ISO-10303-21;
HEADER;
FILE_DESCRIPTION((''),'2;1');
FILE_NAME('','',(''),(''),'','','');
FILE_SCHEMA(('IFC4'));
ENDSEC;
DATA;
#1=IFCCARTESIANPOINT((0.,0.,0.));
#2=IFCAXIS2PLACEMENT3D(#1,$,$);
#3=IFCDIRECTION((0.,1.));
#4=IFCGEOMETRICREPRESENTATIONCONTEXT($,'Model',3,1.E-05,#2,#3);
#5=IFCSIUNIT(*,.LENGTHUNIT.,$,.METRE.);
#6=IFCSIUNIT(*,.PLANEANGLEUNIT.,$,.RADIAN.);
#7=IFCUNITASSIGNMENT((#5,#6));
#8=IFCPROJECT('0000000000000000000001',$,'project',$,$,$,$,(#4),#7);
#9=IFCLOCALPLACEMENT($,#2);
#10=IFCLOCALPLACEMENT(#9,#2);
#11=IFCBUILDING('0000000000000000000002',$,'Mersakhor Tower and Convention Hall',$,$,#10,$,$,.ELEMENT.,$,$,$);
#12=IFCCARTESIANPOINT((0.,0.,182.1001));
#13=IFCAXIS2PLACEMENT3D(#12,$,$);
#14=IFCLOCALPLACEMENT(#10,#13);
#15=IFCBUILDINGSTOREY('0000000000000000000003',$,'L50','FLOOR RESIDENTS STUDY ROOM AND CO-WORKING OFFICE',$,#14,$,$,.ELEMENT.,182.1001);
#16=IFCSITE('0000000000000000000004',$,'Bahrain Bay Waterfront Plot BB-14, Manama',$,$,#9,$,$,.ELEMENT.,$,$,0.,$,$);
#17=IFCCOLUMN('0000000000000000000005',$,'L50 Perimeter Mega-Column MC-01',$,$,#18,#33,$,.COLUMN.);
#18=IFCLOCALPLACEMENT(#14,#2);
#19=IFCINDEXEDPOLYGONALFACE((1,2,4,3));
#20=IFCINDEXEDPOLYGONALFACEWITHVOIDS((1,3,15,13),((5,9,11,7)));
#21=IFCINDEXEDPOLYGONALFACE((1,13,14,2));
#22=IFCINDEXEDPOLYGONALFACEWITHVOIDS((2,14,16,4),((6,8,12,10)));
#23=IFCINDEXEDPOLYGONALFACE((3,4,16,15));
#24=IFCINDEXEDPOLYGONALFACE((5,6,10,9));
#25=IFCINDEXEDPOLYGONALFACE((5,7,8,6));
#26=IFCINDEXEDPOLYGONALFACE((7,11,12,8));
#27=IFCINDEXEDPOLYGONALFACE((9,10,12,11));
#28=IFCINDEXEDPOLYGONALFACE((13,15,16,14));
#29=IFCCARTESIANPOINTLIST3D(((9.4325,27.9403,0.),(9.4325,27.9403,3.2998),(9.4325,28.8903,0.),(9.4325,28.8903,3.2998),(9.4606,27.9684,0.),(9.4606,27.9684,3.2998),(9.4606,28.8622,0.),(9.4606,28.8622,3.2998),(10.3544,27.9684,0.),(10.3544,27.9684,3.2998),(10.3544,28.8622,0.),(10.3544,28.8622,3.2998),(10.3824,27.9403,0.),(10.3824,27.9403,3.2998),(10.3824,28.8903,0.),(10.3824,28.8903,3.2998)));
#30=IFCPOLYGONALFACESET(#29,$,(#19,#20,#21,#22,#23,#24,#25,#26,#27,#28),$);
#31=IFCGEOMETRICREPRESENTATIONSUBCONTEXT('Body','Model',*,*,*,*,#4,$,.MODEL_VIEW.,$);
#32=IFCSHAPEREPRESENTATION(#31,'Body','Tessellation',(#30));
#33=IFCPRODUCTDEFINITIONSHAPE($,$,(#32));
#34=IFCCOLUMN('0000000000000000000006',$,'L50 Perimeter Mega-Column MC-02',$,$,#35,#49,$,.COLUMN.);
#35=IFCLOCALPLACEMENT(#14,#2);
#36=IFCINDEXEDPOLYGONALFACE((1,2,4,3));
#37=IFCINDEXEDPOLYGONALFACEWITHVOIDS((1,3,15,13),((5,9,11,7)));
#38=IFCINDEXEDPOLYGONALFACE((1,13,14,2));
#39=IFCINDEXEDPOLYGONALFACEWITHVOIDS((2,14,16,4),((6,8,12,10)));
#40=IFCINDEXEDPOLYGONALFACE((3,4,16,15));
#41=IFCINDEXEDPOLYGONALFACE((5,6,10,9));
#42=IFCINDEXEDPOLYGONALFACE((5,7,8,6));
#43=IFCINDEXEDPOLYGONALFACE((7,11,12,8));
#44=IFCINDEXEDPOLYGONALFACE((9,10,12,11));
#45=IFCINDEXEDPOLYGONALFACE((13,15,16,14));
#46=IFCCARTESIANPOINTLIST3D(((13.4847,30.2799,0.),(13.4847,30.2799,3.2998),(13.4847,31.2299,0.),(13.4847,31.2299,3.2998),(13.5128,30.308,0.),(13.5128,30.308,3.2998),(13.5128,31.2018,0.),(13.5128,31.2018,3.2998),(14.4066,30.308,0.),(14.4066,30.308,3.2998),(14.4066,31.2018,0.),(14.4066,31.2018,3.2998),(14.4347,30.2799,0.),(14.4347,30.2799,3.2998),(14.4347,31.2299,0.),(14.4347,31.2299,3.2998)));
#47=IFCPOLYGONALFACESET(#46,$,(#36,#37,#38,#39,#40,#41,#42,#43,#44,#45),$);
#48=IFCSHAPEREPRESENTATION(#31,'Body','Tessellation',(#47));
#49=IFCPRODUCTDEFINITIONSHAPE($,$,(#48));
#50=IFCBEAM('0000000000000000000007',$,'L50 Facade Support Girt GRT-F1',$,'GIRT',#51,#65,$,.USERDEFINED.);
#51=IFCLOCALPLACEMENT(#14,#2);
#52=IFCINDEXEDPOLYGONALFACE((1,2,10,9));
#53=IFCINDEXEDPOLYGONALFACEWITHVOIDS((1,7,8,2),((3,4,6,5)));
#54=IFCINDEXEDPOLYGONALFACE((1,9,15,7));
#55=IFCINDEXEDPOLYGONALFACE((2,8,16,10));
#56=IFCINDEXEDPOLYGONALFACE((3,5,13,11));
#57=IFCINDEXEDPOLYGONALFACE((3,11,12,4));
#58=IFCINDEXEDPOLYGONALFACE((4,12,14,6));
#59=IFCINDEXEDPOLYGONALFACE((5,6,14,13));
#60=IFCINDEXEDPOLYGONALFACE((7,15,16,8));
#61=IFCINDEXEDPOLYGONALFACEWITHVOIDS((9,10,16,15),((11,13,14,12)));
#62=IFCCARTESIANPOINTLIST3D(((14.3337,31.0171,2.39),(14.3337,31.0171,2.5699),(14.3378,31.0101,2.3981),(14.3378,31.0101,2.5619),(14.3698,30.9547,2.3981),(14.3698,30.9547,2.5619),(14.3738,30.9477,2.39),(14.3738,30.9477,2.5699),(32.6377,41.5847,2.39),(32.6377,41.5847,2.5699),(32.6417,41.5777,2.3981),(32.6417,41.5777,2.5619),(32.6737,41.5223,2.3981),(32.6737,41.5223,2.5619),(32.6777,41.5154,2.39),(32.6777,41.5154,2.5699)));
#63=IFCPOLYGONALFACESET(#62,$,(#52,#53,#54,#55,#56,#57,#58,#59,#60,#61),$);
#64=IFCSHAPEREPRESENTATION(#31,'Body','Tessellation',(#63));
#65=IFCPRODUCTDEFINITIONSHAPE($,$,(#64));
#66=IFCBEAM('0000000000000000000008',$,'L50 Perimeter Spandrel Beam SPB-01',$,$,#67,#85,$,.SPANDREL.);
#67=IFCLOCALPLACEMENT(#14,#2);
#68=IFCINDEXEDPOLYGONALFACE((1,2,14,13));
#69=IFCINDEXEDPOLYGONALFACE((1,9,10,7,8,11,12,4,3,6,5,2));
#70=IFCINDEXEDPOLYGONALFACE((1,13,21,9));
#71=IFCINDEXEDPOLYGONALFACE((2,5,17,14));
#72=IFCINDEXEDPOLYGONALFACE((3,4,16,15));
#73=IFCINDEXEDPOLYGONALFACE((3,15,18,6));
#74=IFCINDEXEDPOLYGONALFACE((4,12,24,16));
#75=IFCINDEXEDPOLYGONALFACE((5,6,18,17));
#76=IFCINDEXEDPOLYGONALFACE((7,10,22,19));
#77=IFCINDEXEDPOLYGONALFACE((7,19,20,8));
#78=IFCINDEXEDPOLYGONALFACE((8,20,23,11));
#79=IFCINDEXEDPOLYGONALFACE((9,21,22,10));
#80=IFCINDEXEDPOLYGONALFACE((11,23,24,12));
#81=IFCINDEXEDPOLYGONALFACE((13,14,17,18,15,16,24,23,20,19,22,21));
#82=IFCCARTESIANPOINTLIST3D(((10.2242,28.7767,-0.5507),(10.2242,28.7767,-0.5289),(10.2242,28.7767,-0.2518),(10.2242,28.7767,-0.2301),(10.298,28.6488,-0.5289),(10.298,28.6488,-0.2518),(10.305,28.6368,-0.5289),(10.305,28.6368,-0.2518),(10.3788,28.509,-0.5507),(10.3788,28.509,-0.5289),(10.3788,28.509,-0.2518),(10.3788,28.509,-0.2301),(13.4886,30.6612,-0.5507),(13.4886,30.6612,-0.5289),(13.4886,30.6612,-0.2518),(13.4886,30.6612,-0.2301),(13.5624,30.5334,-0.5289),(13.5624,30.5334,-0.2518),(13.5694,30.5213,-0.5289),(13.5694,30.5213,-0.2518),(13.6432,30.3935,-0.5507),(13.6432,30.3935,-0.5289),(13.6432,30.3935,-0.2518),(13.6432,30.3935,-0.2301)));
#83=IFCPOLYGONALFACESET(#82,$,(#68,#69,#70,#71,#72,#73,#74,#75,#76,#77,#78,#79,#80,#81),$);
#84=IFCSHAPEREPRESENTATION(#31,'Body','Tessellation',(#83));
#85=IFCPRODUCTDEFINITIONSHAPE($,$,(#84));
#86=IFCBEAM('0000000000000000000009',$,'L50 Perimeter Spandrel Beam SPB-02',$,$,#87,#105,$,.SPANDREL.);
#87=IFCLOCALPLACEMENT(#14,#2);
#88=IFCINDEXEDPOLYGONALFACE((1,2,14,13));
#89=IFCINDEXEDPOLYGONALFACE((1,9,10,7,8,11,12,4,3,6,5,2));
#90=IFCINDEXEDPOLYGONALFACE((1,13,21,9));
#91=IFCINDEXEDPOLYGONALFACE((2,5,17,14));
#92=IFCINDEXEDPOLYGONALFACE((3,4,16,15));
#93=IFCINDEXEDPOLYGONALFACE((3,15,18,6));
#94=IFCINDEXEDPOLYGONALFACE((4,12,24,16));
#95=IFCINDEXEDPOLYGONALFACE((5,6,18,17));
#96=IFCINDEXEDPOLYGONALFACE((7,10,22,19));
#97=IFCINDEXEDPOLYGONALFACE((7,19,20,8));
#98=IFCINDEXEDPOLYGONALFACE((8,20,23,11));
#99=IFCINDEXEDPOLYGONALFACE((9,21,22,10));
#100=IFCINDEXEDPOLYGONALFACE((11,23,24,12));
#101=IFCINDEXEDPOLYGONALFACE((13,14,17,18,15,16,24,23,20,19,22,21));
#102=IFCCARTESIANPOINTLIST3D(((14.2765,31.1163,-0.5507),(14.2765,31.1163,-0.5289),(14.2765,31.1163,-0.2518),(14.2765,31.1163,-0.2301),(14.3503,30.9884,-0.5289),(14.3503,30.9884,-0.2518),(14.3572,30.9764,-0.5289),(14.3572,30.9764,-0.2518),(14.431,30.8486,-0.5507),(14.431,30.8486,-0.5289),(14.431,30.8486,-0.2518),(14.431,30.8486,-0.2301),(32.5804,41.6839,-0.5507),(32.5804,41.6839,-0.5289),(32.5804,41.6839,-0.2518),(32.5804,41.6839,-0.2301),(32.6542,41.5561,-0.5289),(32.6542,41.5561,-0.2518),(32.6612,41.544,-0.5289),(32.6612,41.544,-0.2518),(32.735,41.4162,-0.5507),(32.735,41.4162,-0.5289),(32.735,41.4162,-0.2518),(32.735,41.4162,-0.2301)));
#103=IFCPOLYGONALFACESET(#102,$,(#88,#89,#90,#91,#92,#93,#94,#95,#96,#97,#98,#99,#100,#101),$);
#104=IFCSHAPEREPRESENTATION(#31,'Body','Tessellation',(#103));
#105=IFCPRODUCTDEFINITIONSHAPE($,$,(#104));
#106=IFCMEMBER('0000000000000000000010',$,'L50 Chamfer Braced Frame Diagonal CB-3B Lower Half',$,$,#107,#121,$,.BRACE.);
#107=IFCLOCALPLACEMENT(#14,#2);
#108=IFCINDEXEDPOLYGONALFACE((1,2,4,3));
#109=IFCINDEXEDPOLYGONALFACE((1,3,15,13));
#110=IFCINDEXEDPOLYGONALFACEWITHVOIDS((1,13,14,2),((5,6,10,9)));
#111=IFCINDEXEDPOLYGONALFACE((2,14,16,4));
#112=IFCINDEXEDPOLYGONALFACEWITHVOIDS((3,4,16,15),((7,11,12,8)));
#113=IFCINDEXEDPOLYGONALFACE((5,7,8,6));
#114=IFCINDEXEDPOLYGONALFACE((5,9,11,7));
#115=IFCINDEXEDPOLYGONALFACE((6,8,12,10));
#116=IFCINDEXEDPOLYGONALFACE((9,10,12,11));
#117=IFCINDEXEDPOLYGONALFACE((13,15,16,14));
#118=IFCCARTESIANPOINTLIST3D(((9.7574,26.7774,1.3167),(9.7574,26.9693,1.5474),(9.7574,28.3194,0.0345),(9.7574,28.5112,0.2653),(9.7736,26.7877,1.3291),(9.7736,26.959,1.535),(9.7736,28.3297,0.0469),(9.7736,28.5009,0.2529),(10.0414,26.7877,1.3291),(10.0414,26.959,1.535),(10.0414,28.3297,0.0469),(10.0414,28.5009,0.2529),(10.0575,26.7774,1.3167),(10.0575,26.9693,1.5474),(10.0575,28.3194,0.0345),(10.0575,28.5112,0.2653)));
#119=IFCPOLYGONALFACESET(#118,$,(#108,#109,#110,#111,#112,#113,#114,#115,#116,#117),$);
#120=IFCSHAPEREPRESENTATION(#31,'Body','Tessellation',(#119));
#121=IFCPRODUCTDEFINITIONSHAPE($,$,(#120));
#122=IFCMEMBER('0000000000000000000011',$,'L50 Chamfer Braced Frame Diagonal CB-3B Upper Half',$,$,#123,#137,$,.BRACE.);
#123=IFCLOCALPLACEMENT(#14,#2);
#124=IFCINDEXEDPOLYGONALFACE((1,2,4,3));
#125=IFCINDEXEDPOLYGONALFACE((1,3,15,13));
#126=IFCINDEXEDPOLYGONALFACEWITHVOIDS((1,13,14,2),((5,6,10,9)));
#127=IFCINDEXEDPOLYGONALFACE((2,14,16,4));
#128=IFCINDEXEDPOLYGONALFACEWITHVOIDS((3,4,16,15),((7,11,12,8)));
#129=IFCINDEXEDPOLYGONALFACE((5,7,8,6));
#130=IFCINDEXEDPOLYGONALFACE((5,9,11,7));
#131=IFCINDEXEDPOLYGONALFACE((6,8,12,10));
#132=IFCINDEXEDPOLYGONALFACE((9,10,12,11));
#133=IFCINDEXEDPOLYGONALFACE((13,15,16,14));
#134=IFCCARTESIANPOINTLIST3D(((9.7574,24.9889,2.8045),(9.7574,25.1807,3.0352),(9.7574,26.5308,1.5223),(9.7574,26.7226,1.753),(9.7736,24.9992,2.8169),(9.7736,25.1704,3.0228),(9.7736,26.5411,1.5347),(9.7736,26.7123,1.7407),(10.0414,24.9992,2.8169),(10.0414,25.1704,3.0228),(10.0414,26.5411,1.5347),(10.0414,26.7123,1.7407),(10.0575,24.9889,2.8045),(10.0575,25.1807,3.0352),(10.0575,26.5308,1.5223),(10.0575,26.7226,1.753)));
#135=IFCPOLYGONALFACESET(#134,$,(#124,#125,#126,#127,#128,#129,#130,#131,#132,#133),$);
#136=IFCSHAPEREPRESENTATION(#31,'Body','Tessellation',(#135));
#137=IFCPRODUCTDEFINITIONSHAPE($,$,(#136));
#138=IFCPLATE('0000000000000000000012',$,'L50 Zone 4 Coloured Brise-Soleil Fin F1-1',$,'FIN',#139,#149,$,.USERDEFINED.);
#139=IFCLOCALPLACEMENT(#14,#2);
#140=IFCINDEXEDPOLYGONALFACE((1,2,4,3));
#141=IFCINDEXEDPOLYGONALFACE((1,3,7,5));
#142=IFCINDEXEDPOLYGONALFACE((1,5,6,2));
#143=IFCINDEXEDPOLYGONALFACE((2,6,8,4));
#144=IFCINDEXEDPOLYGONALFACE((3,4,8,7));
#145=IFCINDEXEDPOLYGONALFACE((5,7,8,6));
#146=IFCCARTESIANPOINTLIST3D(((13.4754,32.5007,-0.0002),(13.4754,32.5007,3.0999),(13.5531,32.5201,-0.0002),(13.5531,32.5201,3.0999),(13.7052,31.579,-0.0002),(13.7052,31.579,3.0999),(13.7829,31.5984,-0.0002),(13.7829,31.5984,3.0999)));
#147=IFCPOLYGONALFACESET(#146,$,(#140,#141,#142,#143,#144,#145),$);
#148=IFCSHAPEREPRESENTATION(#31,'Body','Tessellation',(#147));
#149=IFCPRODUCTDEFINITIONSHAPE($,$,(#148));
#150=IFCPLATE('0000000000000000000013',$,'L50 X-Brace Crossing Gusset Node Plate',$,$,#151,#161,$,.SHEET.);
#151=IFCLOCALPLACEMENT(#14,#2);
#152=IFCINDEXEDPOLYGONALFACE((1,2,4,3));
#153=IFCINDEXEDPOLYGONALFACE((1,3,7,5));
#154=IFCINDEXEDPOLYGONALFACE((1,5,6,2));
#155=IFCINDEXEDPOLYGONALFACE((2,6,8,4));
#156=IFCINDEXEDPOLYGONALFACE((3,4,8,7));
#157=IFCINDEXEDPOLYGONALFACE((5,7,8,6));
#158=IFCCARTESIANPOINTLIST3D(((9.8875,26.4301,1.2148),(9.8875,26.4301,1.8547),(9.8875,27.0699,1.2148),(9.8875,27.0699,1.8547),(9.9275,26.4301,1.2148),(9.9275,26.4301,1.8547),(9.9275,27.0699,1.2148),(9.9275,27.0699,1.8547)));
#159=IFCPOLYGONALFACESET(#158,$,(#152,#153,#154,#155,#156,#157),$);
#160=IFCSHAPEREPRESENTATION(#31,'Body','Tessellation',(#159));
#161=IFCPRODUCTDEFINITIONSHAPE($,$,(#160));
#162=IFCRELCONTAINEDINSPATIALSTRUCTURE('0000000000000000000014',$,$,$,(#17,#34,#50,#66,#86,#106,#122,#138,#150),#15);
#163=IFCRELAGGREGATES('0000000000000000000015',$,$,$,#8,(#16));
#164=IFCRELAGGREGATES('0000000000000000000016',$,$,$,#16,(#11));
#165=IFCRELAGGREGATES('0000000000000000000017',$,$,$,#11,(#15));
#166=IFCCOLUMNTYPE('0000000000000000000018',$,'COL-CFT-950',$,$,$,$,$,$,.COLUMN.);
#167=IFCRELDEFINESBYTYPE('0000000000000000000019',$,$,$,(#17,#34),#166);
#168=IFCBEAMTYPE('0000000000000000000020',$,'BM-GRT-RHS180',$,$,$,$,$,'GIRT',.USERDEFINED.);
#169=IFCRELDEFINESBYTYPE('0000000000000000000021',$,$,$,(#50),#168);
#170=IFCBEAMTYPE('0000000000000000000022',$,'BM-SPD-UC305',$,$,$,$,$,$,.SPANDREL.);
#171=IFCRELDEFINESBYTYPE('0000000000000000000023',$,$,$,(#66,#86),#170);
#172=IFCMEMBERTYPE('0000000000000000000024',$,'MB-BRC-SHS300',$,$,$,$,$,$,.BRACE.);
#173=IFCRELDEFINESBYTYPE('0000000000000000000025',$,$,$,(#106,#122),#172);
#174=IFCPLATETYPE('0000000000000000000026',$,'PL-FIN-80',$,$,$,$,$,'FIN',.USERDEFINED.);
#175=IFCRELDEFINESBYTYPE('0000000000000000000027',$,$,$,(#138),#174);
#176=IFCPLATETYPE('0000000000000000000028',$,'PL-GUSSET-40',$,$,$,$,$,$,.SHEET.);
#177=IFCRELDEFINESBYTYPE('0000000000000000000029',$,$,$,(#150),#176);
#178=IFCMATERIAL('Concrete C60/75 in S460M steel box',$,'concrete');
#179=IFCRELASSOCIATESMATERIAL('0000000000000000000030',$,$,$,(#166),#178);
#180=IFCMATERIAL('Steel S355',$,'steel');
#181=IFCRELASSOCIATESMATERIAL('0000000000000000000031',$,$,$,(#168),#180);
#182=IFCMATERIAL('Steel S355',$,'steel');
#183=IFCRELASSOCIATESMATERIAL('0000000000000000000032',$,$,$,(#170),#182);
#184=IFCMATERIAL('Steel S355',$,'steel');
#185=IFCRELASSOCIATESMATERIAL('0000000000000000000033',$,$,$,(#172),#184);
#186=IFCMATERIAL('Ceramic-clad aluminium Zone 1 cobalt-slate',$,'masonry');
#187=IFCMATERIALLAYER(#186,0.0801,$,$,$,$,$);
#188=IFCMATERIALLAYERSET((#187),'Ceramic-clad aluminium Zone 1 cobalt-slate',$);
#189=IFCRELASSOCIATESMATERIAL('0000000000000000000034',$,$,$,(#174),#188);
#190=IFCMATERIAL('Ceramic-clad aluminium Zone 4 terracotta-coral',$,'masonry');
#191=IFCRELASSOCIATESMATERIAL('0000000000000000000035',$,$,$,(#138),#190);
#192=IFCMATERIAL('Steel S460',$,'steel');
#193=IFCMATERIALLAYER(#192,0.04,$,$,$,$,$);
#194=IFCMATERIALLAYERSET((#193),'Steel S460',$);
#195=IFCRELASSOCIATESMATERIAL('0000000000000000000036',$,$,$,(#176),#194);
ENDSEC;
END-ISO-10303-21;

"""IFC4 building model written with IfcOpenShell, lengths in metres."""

from ifc_helpers import new_model, si_unit, direction, frame, origin, origin_2d, place, context, subcontext, project, spatial, rectangle, hollow_rectangle, i_section, extrude, material, layer, layer_set, material_profile, profile_set, type_object, element, save


model = new_model("IFC4")

# Units and contexts
model_context = context("Model", 3, precision=1e-05, world=origin(), true_north=direction((0.0, 1.0)))
body_context = subcontext(model_context, "Body", "Model", "MODEL_VIEW")
ifc_project = project(units=[si_unit("LENGTHUNIT", "METRE"), si_unit("PLANEANGLEUNIT", "RADIAN")], contexts=[model_context])

# Site, building, storey
site_placement = place(None, origin())
site = spatial("IfcSite", under=ifc_project, at=site_placement, Name="Bahrain Bay Waterfront Plot BB-14, Manama", CompositionType="ELEMENT", RefElevation=0.0)
building_placement = place(site_placement, origin())
building = spatial("IfcBuilding", under=site, at=building_placement, Name="Mersakhor Tower and Convention Hall", CompositionType="ELEMENT")
storey_placement = place(building_placement, frame((0.0, 0.0, 182.1001)))
storey = spatial("IfcBuildingStorey", under=building, at=storey_placement, Name="L50", Description="FLOOR RESIDENTS STUDY ROOM AND CO-WORKING OFFICE", CompositionType="ELEMENT", Elevation=182.1001)

# Columns
ifc_material_1 = material(Name="Concrete C60/75 in S460M steel box", Category="concrete")
ifc_material_profile_1 = material_profile(ifc_material_1, hollow_rectangle(XDim=0.95, YDim=0.95, WallThickness=0.0281, at=origin_2d()), Name="SHS 950x950x28")
ifc_profile_set_1 = profile_set([ifc_material_profile_1], Name="Concrete C60/75 in S460M steel box")
column_type = type_object("IfcColumnType", Name="COL-CFT-950", PredefinedType="COLUMN", material=ifc_profile_set_1)
for number, where, z_axis, x_axis, name in (
    (1, (9.9075, 28.4153, 0.0), (0.0, 0.0, 1.0), (1.0, 0.0, 0.0), "L50 Perimeter Mega-Column MC-01"),
    (2, (13.9597, 30.7549, 0.0), (0.0, 0.0, 1.0), (1.0, 0.0, 0.0), "L50 Perimeter Mega-Column MC-02"),
):
    element("IfcColumn", number, at=place(storey_placement, frame(where, z_axis=z_axis, x_axis=x_axis)), inside=storey, type_object=column_type, Name=name, PredefinedType="COLUMN", context=body_context, shape_type="SweptSolid", body=[
        extrude(hollow_rectangle(XDim=0.95, YDim=0.95, WallThickness=0.0281, at=origin_2d()), origin(), (0.0, 0.0, 1.0), 3.2998),
    ])

# Beams
ifc_material_2 = material(Name="Steel S355", Category="steel")
ifc_material_profile_2 = material_profile(ifc_material_2, hollow_rectangle(XDim=0.0801, YDim=0.1799, WallThickness=0.0081, at=origin_2d()), Name="RHS 180x80x8")
ifc_profile_set_2 = profile_set([ifc_material_profile_2], Name="Steel S355")
beam_type_1 = type_object("IfcBeamType", Name="BM-GRT-RHS180", ElementType="GIRT", PredefinedType="USERDEFINED", material=ifc_profile_set_2)
beam_1_placement = place(storey_placement, frame((14.3538, 30.9824, 2.48), z_axis=(0.866029, 0.499994, 0.0), x_axis=(-0.499994, 0.866029, 0.0)))
element("IfcBeam", 3, at=beam_1_placement, inside=storey, type_object=beam_type_1, Name="L50 Facade Support Girt GRT-F1", ObjectType="GIRT", PredefinedType="USERDEFINED", context=body_context, shape_type="SweptSolid", body=[
    extrude(hollow_rectangle(XDim=0.0801, YDim=0.1799, WallThickness=0.0081, at=origin_2d()), origin(), (0.0, 0.0, 1.0), 21.1355),
])
ifc_material_3 = material(Name="Steel S355", Category="steel")
ifc_material_profile_3 = material_profile(ifc_material_3, i_section(OverallWidth=0.3091, OverallDepth=0.3206, WebThickness=0.0139, FlangeThickness=0.0217, at=origin_2d()), Name="UC 305x305x137")
ifc_profile_set_3 = profile_set([ifc_material_profile_3], Name="Steel S355")
beam_type_2 = type_object("IfcBeamType", Name="BM-SPD-UC305", PredefinedType="SPANDREL", material=ifc_profile_set_3)
beam_2_placement = place(storey_placement, frame((10.3015, 28.6428, -0.3904), z_axis=(0.866046, 0.499964, 0.0), x_axis=(-0.499964, 0.866046, 0.0)))
element("IfcBeam", 4, at=beam_2_placement, inside=storey, type_object=beam_type_2, Name="L50 Perimeter Spandrel Beam SPB-01", PredefinedType="SPANDREL", context=body_context, shape_type="SweptSolid", body=[
    extrude(i_section(OverallWidth=0.3091, OverallDepth=0.3206, WebThickness=0.0139, FlangeThickness=0.0217, at=origin_2d()), origin(), (0.0, 0.0, 1.0), 3.7693),
])
beam_3_placement = place(storey_placement, frame((14.3538, 30.9824, -0.3904), z_axis=(0.866029, 0.499994, 0.0), x_axis=(-0.499994, 0.866029, 0.0)))
element("IfcBeam", 5, at=beam_3_placement, inside=storey, type_object=beam_type_2, Name="L50 Perimeter Spandrel Beam SPB-02", PredefinedType="SPANDREL", context=body_context, shape_type="SweptSolid", body=[
    extrude(i_section(OverallWidth=0.3091, OverallDepth=0.3206, WebThickness=0.0139, FlangeThickness=0.0217, at=origin_2d()), origin(), (0.0, 0.0, 1.0), 21.1355),
])

# Members
ifc_material_4 = material(Name="Steel S355", Category="steel")
ifc_material_profile_4 = material_profile(ifc_material_4, hollow_rectangle(XDim=0.3, YDim=0.3, WallThickness=0.0161, at=origin_2d()), Name="SHS 300x300x16")
ifc_profile_set_4 = profile_set([ifc_material_profile_4], Name="Steel S355")
member_type = type_object("IfcMemberType", Name="MB-BRC-SHS300", PredefinedType="BRACE", material=ifc_profile_set_4)
for number, where, z_axis, x_axis, name in (
    (6, (9.9075, 28.4153, 0.1499), (0.0, -0.768899, 0.63937), (1.0, 0.0, 0.0), "L50 Chamfer Braced Frame Diagonal CB-3B Lower Half"),
    (7, (9.9075, 26.6267, 1.6377), (0.0, -0.768899, 0.63937), (1.0, 0.0, 0.0), "L50 Chamfer Braced Frame Diagonal CB-3B Upper Half"),
):
    element("IfcMember", number, at=place(storey_placement, frame(where, z_axis=z_axis, x_axis=x_axis)), inside=storey, type_object=member_type, Name=name, PredefinedType="BRACE", context=body_context, shape_type="SweptSolid", body=[
        extrude(hollow_rectangle(XDim=0.3, YDim=0.3, WallThickness=0.0161, at=origin_2d()), origin(), (0.0, 0.0, 1.0), 2.0054),
    ])

# Plates
ifc_material_5 = material(Name="Ceramic-clad aluminium Zone 4 terracotta-coral", Category="masonry")
ifc_material_6 = material(Name="Ceramic-clad aluminium Zone 1 cobalt-slate", Category="masonry")
ifc_layer_1 = layer(ifc_material_6, 0.0801)
ifc_layer_set_1 = layer_set([ifc_layer_1], Name="Ceramic-clad aluminium Zone 1 cobalt-slate")
plate_type_1 = type_object("IfcPlateType", Name="PL-FIN-80", ElementType="FIN", PredefinedType="USERDEFINED", material=ifc_layer_set_1)
plate_1_placement = place(storey_placement, frame((13.6292, 32.0496, -0.0002), z_axis=(0.0, 0.0, 1.0), x_axis=(-0.241922, 0.970296, 0.0)))
element("IfcPlate", 8, at=plate_1_placement, inside=storey, type_object=plate_type_1, material=ifc_material_5, Name="L50 Zone 4 Coloured Brise-Soleil Fin F1-1", ObjectType="FIN", PredefinedType="USERDEFINED", context=body_context, shape_type="SweptSolid", body=[
    extrude(rectangle(XDim=0.95, YDim=0.0801, at=origin_2d()), origin(), (0.0, 0.0, 1.0), 3.1001),
])
ifc_material_7 = material(Name="Steel S460", Category="steel")
ifc_layer_2 = layer(ifc_material_7, 0.04)
ifc_layer_set_2 = layer_set([ifc_layer_2], Name="Steel S460")
plate_type_2 = type_object("IfcPlateType", Name="PL-GUSSET-40", PredefinedType="SHEET", material=ifc_layer_set_2)
plate_2_placement = place(storey_placement, frame((9.9075, 26.75, 1.2148), z_axis=(0.0, 0.0, 1.0), x_axis=(0.0, -1.0, 0.0)))
element("IfcPlate", 9, at=plate_2_placement, inside=storey, type_object=plate_type_2, Name="L50 X-Brace Crossing Gusset Node Plate", PredefinedType="SHEET", context=body_context, shape_type="SweptSolid", body=[
    extrude(rectangle(XDim=0.6399, YDim=0.04, at=origin_2d()), origin(), (0.0, 0.0, 1.0), 0.6399),
])

save(model, "model.ifc")
